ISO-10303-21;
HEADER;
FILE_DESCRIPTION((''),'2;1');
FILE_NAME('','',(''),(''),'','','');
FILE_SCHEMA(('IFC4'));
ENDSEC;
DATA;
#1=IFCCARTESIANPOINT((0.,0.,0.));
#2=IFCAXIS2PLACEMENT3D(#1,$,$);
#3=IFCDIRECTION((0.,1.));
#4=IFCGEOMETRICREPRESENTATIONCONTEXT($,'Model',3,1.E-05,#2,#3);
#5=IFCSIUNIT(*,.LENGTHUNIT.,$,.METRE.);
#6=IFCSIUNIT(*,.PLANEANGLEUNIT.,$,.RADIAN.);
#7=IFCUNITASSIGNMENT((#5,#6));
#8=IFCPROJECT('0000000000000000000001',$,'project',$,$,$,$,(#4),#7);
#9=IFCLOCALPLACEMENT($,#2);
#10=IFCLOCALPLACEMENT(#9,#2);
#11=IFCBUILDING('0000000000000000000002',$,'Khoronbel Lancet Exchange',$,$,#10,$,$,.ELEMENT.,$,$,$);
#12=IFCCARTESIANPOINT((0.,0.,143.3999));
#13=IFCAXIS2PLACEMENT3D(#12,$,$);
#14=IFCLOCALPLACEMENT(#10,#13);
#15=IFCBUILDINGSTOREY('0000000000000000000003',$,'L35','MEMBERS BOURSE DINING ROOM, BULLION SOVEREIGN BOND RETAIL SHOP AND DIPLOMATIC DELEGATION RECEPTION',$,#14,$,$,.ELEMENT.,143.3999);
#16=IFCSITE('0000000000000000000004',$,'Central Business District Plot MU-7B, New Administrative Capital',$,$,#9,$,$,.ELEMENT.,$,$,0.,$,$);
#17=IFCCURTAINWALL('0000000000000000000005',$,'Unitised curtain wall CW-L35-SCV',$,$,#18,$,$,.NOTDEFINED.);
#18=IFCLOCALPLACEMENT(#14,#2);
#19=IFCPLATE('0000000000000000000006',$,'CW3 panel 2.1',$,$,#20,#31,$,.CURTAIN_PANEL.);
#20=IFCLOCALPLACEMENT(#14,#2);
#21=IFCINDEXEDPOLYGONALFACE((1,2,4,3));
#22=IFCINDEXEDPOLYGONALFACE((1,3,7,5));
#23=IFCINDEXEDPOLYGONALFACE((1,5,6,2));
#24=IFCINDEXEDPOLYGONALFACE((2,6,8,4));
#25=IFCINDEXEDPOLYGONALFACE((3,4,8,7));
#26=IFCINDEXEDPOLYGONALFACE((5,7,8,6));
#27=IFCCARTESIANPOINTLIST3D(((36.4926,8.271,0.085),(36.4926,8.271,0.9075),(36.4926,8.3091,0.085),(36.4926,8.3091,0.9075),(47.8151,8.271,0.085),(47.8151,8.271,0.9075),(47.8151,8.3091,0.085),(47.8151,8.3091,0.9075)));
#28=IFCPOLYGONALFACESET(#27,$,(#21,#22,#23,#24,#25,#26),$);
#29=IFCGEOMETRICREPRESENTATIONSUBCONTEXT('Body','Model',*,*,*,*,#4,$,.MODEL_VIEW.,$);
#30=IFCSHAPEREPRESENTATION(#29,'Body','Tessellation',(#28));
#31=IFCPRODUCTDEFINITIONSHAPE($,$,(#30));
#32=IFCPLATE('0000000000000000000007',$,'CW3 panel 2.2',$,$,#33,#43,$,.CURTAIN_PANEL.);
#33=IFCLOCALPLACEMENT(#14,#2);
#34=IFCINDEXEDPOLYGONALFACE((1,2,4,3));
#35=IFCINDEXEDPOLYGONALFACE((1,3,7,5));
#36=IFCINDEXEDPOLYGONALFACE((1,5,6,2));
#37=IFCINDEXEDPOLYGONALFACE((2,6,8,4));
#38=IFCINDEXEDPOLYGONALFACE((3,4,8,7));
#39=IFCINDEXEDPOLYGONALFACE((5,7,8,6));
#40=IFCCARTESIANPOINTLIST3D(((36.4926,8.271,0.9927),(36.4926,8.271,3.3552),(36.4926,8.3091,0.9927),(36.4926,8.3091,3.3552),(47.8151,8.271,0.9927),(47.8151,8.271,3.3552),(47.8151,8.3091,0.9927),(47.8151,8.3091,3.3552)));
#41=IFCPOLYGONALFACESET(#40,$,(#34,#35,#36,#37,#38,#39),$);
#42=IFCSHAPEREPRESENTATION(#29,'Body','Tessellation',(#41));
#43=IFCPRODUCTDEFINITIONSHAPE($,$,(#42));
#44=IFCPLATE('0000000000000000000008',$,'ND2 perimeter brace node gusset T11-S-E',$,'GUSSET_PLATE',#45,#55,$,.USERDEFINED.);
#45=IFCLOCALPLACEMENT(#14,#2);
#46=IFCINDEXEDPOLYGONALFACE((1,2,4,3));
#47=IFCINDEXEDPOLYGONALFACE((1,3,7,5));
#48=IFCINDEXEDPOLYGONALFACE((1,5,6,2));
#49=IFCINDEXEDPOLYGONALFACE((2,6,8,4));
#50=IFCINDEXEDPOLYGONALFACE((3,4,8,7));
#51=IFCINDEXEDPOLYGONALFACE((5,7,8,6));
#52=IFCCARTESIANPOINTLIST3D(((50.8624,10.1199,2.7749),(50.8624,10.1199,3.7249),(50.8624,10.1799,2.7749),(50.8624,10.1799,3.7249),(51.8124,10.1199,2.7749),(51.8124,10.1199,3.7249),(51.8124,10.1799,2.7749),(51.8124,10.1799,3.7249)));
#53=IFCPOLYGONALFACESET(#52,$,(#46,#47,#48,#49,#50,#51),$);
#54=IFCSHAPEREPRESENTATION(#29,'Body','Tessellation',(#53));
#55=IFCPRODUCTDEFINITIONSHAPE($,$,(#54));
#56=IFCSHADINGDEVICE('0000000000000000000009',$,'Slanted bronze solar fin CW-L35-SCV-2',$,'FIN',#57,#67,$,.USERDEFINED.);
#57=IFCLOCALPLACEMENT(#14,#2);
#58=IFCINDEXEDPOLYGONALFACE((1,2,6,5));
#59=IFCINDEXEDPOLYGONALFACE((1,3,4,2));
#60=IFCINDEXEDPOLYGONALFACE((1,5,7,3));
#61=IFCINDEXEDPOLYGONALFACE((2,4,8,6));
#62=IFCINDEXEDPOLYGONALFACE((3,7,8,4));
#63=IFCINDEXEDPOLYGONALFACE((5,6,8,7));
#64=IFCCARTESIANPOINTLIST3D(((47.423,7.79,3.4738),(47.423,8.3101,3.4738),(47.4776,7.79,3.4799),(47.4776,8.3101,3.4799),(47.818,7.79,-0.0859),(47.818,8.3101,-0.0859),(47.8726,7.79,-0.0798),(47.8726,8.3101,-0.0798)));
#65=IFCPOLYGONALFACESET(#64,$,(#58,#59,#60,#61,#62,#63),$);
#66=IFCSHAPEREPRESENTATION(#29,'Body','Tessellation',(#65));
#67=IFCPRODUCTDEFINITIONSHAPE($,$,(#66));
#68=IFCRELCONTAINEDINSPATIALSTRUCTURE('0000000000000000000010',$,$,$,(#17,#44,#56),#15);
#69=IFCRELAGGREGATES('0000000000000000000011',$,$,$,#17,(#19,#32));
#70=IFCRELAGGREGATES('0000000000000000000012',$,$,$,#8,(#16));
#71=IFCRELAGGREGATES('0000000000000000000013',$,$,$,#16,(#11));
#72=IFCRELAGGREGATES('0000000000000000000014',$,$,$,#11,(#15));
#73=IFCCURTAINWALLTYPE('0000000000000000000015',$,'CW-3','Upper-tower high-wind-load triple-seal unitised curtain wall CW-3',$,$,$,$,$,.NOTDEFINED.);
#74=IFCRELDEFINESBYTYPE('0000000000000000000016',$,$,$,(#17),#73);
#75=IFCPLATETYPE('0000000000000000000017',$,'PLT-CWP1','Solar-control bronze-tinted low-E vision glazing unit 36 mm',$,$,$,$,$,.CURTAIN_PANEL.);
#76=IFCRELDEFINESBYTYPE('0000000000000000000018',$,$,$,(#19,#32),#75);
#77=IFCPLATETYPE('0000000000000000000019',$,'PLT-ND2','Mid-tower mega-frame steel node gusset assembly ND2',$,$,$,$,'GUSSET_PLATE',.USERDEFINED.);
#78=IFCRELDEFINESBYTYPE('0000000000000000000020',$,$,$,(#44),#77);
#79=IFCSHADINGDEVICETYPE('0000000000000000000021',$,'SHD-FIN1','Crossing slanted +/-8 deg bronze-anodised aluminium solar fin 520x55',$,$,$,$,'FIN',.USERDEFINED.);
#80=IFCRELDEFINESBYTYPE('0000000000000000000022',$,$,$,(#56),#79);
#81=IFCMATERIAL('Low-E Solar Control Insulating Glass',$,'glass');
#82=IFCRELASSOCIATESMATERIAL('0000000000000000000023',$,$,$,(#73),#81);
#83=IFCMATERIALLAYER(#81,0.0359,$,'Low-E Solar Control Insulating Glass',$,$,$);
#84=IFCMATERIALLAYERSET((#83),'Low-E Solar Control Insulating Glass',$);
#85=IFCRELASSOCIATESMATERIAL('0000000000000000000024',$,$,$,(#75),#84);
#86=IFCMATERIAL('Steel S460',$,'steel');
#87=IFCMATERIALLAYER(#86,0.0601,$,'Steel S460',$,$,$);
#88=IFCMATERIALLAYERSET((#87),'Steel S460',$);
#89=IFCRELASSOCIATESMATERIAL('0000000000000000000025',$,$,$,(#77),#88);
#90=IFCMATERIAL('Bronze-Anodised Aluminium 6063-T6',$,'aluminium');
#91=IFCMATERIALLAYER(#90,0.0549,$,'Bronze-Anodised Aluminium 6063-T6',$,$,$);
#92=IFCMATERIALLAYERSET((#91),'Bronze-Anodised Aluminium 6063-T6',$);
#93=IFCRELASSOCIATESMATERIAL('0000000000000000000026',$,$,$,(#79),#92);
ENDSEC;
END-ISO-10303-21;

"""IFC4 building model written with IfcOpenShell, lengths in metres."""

from ifc_helpers import new_model, si_unit, direction, frame, origin, origin_2d, place, context, subcontext, project, spatial, polyline, rectangle, outline, extrude, material, layer, layer_set, type_object, element, aggregate, save


model = new_model("IFC4")

# Units and contexts
model_context = context("Model", 3, precision=1e-05, world=origin(), true_north=direction((0.0, 1.0)))
body_context = subcontext(model_context, "Body", "Model", "MODEL_VIEW")
ifc_project = project(units=[si_unit("LENGTHUNIT", "METRE"), si_unit("PLANEANGLEUNIT", "RADIAN")], contexts=[model_context])

# Site, building, storey
site_placement = place(None, origin())
site = spatial("IfcSite", under=ifc_project, at=site_placement, Name="Central Business District Plot MU-7B, New Administrative Capital", CompositionType="ELEMENT", RefElevation=0.0)
building_placement = place(site_placement, origin())
building = spatial("IfcBuilding", under=site, at=building_placement, Name="Khoronbel Lancet Exchange", CompositionType="ELEMENT")
storey_placement = place(building_placement, frame((0.0, 0.0, 143.3999)))
storey = spatial("IfcBuildingStorey", under=building, at=storey_placement, Name="L35", Description="MEMBERS BOURSE DINING ROOM, BULLION SOVEREIGN BOND RETAIL SHOP AND DIPLOMATIC DELEGATION RECEPTION", CompositionType="ELEMENT", Elevation=143.3999)

# Shared definitions
ifc_material_1 = material(Name="Steel S460", Category="steel")

# Curtain wall
ifc_material_2 = material(Name="Low-E Solar Control Insulating Glass", Category="glass")
curtain_wall_type = type_object("IfcCurtainWallType", Name="CW-3", Description="Upper-tower high-wind-load triple-seal unitised curtain wall CW-3", PredefinedType="NOTDEFINED", material=ifc_material_2)
curtain_wall_1_placement = place(storey_placement, origin())
curtain_wall_1 = element("IfcCurtainWall", 1, at=curtain_wall_1_placement, inside=storey, type_object=curtain_wall_type, Name="Unitised curtain wall CW-L35-SCV", PredefinedType="NOTDEFINED")
ifc_material_3 = material(Name="Bronze-Anodised Aluminium 6063-T6", Category="aluminium")

# Plates
ifc_layer_1 = layer(ifc_material_2, 0.0359, Name="Low-E Solar Control Insulating Glass")
ifc_layer_set_1 = layer_set([ifc_layer_1], Name="Low-E Solar Control Insulating Glass")
plate_type_1 = type_object("IfcPlateType", Name="PLT-CWP1", Description="Solar-control bronze-tinted low-E vision glazing unit 36 mm", PredefinedType="CURTAIN_PANEL", material=ifc_layer_set_1)
plate_1_placement = place(storey_placement, frame((42.1538, 8.29, 0.085), z_axis=(0.0, 0.0, 1.0), x_axis=(1.0, 0.0, 0.0)))
plate_1 = element("IfcPlate", 2, at=plate_1_placement, type_object=plate_type_1, Name="CW3 panel 2.1", PredefinedType="CURTAIN_PANEL", context=body_context, shape_type="SweptSolid", body=[
    extrude(rectangle(XDim=11.3225, YDim=0.0381, at=origin_2d()), origin(), (0.0, 0.0, 1.0), 0.8225),
])
plate_2_placement = place(storey_placement, frame((42.1538, 8.29, 0.9927), z_axis=(0.0, 0.0, 1.0), x_axis=(1.0, 0.0, 0.0)))
plate_2 = element("IfcPlate", 3, at=plate_2_placement, type_object=plate_type_1, Name="CW3 panel 2.2", PredefinedType="CURTAIN_PANEL", context=body_context, shape_type="SweptSolid", body=[
    extrude(rectangle(XDim=11.3225, YDim=0.0381, at=origin_2d()), origin(), (0.0, 0.0, 1.0), 2.3625),
])
aggregate(curtain_wall_1, [plate_1, plate_2])
ifc_layer_2 = layer(ifc_material_1, 0.0601, Name="Steel S460")
ifc_layer_set_2 = layer_set([ifc_layer_2], Name="Steel S460")
plate_type_2 = type_object("IfcPlateType", Name="PLT-ND2", Description="Mid-tower mega-frame steel node gusset assembly ND2", ElementType="GUSSET_PLATE", PredefinedType="USERDEFINED", material=ifc_layer_set_2)
plate_3_placement = place(storey_placement, frame((51.3374, 10.1499, 2.7749), z_axis=(0.0, 0.0, 1.0), x_axis=(1.0, 0.0, 0.0)))
element("IfcPlate", 4, at=plate_3_placement, inside=storey, type_object=plate_type_2, Name="ND2 perimeter brace node gusset T11-S-E", ObjectType="GUSSET_PLATE", PredefinedType="USERDEFINED", context=body_context, shape_type="SweptSolid", body=[
    extrude(rectangle(XDim=0.95, YDim=0.0601, at=origin_2d()), origin(), (0.0, 0.0, 1.0), 0.95),
])

# Shading device
ifc_layer_3 = layer(ifc_material_3, 0.0549, Name="Bronze-Anodised Aluminium 6063-T6")
ifc_layer_set_3 = layer_set([ifc_layer_3], Name="Bronze-Anodised Aluminium 6063-T6")
shading_device_type = type_object("IfcShadingDeviceType", Name="SHD-FIN1", Description="Crossing slanted +/-8 deg bronze-anodised aluminium solar fin 520x55", ElementType="FIN", PredefinedType="USERDEFINED", material=ifc_layer_set_3)
shading_device_placement = place(storey_placement, frame((47.8726, 8.3101, -0.0798), z_axis=(0.9939, 0.0, 0.110289), x_axis=(0.0, -1.0, 0.0)))
element("IfcShadingDevice", 5, at=shading_device_placement, inside=storey, type_object=shading_device_type, Name="Slanted bronze solar fin CW-L35-SCV-2", ObjectType="FIN", PredefinedType="USERDEFINED", context=body_context, shape_type="SweptSolid", body=[
    extrude(outline(polyline([(0.0, 0.0), (0.52, 0.0), (0.52, -3.5815), (0.0, -3.5815), (0.0, 0.0)])), origin(), (0.0, 0.0, -1.0), 0.0549),
])

save(model, "model.ifc")
